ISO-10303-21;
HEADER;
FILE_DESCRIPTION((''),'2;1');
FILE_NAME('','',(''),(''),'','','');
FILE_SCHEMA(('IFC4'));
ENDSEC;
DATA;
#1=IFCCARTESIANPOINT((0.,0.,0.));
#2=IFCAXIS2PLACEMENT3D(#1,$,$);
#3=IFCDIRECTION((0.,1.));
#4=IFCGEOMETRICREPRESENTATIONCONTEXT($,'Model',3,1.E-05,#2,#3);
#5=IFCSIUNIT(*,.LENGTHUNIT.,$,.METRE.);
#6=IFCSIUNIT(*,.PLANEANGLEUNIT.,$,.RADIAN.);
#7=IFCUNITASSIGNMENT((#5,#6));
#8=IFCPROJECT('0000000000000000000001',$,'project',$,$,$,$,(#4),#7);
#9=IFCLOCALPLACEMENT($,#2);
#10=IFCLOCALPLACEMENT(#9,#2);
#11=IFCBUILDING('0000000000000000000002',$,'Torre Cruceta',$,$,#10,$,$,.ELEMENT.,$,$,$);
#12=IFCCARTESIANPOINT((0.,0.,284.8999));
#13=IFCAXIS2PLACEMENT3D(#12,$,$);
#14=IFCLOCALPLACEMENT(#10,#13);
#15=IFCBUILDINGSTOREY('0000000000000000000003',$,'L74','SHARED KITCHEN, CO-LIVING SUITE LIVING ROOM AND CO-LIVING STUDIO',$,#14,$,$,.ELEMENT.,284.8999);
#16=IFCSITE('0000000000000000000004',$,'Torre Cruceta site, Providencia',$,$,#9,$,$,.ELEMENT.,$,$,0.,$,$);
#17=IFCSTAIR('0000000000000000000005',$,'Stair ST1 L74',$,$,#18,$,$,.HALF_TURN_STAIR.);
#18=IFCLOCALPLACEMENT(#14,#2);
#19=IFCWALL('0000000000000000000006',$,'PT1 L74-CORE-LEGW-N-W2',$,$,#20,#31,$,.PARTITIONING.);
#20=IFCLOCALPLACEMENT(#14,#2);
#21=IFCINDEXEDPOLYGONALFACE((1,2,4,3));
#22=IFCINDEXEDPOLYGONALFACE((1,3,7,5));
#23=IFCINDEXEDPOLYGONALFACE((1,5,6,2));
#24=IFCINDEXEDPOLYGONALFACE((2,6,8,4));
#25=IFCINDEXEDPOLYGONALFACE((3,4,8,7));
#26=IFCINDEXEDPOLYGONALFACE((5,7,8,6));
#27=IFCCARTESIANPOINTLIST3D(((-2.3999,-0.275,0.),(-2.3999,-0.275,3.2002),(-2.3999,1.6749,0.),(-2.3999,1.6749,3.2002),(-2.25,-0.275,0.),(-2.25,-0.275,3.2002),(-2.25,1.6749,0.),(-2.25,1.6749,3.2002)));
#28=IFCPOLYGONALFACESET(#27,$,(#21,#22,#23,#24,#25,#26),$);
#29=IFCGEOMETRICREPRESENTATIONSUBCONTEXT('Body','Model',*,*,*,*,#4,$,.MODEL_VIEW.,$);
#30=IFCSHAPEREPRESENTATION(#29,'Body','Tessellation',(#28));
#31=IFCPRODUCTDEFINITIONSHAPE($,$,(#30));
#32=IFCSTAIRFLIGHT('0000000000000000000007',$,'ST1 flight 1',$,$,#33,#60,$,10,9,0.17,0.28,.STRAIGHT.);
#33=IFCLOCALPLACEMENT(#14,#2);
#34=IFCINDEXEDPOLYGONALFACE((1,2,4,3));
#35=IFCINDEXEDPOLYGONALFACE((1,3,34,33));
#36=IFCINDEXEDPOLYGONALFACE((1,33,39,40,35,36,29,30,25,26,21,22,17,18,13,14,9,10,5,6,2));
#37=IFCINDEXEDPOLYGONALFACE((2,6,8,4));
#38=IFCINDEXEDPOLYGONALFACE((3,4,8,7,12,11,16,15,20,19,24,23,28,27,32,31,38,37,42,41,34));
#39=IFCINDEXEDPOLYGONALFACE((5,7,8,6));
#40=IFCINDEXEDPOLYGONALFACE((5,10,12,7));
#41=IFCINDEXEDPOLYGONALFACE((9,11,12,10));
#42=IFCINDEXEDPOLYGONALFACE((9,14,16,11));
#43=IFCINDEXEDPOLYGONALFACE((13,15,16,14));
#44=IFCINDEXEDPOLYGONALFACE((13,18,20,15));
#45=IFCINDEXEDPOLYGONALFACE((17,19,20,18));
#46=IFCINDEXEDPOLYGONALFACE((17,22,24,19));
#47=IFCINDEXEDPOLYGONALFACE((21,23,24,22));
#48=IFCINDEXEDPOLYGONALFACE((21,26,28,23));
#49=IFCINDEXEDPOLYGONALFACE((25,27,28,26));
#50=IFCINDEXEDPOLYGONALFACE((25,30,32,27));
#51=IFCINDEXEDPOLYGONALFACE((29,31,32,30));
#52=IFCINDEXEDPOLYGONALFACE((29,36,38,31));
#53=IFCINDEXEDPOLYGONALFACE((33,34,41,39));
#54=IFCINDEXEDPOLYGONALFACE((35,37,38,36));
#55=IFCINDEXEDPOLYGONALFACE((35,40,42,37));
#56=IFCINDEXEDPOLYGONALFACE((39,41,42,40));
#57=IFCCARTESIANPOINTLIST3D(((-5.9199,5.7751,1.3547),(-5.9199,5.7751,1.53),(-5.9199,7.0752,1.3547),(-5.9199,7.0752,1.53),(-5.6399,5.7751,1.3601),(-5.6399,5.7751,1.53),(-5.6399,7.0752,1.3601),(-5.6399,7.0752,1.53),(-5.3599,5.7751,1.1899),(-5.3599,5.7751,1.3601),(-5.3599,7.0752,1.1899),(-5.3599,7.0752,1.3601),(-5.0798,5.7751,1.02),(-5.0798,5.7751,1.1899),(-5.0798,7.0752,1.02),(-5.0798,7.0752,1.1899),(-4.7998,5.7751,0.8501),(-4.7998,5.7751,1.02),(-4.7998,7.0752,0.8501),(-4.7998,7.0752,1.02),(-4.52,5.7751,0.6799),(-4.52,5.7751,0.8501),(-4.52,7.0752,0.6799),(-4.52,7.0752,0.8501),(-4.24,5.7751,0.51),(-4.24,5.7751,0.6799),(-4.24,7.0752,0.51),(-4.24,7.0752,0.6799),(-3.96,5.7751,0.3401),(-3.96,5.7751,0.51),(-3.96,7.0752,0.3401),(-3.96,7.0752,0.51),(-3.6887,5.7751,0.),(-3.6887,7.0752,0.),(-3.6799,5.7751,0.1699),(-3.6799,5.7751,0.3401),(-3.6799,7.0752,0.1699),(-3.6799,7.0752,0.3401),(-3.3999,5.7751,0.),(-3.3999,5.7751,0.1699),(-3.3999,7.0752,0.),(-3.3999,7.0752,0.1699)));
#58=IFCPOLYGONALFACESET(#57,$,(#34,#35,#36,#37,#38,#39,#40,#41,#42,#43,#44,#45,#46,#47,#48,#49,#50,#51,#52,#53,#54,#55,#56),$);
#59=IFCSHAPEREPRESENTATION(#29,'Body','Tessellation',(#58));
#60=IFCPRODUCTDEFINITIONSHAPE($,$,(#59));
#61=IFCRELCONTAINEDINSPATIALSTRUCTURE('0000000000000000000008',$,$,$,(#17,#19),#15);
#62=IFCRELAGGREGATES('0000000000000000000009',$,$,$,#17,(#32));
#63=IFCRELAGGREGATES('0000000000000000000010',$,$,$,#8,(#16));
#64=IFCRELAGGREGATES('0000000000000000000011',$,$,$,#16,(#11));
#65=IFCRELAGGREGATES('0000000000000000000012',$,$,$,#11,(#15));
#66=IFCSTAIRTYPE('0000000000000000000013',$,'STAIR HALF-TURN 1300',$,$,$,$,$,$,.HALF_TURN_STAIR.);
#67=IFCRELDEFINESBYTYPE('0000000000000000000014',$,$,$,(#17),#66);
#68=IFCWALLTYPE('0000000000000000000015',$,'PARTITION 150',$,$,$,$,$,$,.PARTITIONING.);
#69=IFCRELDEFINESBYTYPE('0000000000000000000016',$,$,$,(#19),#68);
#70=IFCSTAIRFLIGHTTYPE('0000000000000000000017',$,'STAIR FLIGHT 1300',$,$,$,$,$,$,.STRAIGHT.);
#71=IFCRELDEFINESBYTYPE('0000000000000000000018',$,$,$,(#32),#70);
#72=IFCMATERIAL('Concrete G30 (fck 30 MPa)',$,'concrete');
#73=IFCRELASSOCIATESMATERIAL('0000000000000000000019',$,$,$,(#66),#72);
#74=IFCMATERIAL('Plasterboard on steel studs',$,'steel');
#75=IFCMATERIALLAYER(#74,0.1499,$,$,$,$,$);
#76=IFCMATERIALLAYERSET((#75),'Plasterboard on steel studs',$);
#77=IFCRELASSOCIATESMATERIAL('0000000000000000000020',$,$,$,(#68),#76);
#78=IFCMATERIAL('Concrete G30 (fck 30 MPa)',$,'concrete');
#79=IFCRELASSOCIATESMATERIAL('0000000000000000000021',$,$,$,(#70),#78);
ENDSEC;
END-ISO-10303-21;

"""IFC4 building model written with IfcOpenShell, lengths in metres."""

from ifc_helpers import new_model, si_unit, direction, frame, frame_2d, origin, place, context, subcontext, project, spatial, polyline, rectangle, outline, extrude, material, layer, layer_set, type_object, element, aggregate, save


model = new_model("IFC4")

# Units and contexts
model_context = context("Model", 3, precision=1e-05, world=origin(), true_north=direction((0.0, 1.0)))
body_context = subcontext(model_context, "Body", "Model", "MODEL_VIEW")
ifc_project = project(units=[si_unit("LENGTHUNIT", "METRE"), si_unit("PLANEANGLEUNIT", "RADIAN")], contexts=[model_context])

# Site, building, storey
site_placement = place(None, origin())
site = spatial("IfcSite", under=ifc_project, at=site_placement, Name="Torre Cruceta site, Providencia", CompositionType="ELEMENT", RefElevation=0.0)
building_placement = place(site_placement, origin())
building = spatial("IfcBuilding", under=site, at=building_placement, Name="Torre Cruceta", CompositionType="ELEMENT")
storey_placement = place(building_placement, frame((0.0, 0.0, 284.8999)))
storey = spatial("IfcBuildingStorey", under=building, at=storey_placement, Name="L74", Description="SHARED KITCHEN, CO-LIVING SUITE LIVING ROOM AND CO-LIVING STUDIO", CompositionType="ELEMENT", Elevation=284.8999)

# Stair
ifc_material_1 = material(Name="Concrete G30 (fck 30 MPa)", Category="concrete")
stair_type = type_object("IfcStairType", Name="STAIR HALF-TURN 1300", PredefinedType="HALF_TURN_STAIR", material=ifc_material_1)
stair_1_placement = place(storey_placement, origin())
stair_1 = element("IfcStair", 1, at=stair_1_placement, inside=storey, type_object=stair_type, Name="Stair ST1 L74", PredefinedType="HALF_TURN_STAIR")

# Wall
ifc_material_2 = material(Name="Plasterboard on steel studs", Category="steel")
ifc_layer_1 = layer(ifc_material_2, 0.1499)
ifc_layer_set_1 = layer_set([ifc_layer_1], Name="Plasterboard on steel studs")
wall_type_1 = type_object("IfcWallType", Name="PARTITION 150", PredefinedType="PARTITIONING", material=ifc_layer_set_1)
wall_1_placement = place(storey_placement, frame((-2.325, 1.675, 0.0), z_axis=(0.0, 0.0, 1.0), x_axis=(0.0, -1.0, 0.0)))
element("IfcWall", 2, at=wall_1_placement, inside=storey, type_object=wall_type_1, Name="PT1 L74-CORE-LEGW-N-W2", PredefinedType="PARTITIONING", context=body_context, shape_type="SweptSolid", body=[
    extrude(rectangle(XDim=1.95, YDim=0.1499, at=frame_2d((0.9751, 0.0))), origin(), (0.0, 0.0, 1.0), 3.2002),
])

# Stair flight
ifc_material_3 = material(Name="Concrete G30 (fck 30 MPa)", Category="concrete")
stair_flight_type = type_object("IfcStairFlightType", Name="STAIR FLIGHT 1300", PredefinedType="STRAIGHT", material=ifc_material_3)
stair_flight_placement = place(storey_placement, frame((-3.3999, 6.425, 0.0), z_axis=(0.0, 0.0, 1.0), x_axis=(-1.0, 0.0, 0.0)))
stair_flight = element("IfcStairFlight", 3, at=stair_flight_placement, type_object=stair_flight_type, Name="ST1 flight 1", NumberOfRisers=10, NumberOfTreads=9, PredefinedType="STRAIGHT", RiserHeight=0.17, TreadLength=0.28, context=body_context, shape_type="SweptSolid", body=[
    extrude(outline(polyline([(0.0, 0.0), (0.0, 0.1699), (0.28, 0.1699), (0.28, 0.3401), (0.5601, 0.3401), (0.5601, 0.51), (0.8401, 0.51), (0.8401, 0.6799), (1.1201, 0.6799), (1.1201, 0.8501), (1.3999, 0.8501), (1.3999, 1.02), (1.6799, 1.02), (1.6799, 1.1899), (1.96, 1.1899), (1.96, 1.3601), (2.24, 1.3601), (2.24, 1.53), (2.52, 1.53), (2.52, 1.7), (2.52, 1.3547), (0.2888, 0.0), (0.0, 0.0)])), frame((0.0, 0.6499, 0.0), z_axis=(0.0, -1.0, 0.0), x_axis=(1.0, 0.0, 0.0)), (0.0, 0.0, 1.0), 1.3),
])
aggregate(stair_1, [stair_flight])

save(model, "model.ifc")
